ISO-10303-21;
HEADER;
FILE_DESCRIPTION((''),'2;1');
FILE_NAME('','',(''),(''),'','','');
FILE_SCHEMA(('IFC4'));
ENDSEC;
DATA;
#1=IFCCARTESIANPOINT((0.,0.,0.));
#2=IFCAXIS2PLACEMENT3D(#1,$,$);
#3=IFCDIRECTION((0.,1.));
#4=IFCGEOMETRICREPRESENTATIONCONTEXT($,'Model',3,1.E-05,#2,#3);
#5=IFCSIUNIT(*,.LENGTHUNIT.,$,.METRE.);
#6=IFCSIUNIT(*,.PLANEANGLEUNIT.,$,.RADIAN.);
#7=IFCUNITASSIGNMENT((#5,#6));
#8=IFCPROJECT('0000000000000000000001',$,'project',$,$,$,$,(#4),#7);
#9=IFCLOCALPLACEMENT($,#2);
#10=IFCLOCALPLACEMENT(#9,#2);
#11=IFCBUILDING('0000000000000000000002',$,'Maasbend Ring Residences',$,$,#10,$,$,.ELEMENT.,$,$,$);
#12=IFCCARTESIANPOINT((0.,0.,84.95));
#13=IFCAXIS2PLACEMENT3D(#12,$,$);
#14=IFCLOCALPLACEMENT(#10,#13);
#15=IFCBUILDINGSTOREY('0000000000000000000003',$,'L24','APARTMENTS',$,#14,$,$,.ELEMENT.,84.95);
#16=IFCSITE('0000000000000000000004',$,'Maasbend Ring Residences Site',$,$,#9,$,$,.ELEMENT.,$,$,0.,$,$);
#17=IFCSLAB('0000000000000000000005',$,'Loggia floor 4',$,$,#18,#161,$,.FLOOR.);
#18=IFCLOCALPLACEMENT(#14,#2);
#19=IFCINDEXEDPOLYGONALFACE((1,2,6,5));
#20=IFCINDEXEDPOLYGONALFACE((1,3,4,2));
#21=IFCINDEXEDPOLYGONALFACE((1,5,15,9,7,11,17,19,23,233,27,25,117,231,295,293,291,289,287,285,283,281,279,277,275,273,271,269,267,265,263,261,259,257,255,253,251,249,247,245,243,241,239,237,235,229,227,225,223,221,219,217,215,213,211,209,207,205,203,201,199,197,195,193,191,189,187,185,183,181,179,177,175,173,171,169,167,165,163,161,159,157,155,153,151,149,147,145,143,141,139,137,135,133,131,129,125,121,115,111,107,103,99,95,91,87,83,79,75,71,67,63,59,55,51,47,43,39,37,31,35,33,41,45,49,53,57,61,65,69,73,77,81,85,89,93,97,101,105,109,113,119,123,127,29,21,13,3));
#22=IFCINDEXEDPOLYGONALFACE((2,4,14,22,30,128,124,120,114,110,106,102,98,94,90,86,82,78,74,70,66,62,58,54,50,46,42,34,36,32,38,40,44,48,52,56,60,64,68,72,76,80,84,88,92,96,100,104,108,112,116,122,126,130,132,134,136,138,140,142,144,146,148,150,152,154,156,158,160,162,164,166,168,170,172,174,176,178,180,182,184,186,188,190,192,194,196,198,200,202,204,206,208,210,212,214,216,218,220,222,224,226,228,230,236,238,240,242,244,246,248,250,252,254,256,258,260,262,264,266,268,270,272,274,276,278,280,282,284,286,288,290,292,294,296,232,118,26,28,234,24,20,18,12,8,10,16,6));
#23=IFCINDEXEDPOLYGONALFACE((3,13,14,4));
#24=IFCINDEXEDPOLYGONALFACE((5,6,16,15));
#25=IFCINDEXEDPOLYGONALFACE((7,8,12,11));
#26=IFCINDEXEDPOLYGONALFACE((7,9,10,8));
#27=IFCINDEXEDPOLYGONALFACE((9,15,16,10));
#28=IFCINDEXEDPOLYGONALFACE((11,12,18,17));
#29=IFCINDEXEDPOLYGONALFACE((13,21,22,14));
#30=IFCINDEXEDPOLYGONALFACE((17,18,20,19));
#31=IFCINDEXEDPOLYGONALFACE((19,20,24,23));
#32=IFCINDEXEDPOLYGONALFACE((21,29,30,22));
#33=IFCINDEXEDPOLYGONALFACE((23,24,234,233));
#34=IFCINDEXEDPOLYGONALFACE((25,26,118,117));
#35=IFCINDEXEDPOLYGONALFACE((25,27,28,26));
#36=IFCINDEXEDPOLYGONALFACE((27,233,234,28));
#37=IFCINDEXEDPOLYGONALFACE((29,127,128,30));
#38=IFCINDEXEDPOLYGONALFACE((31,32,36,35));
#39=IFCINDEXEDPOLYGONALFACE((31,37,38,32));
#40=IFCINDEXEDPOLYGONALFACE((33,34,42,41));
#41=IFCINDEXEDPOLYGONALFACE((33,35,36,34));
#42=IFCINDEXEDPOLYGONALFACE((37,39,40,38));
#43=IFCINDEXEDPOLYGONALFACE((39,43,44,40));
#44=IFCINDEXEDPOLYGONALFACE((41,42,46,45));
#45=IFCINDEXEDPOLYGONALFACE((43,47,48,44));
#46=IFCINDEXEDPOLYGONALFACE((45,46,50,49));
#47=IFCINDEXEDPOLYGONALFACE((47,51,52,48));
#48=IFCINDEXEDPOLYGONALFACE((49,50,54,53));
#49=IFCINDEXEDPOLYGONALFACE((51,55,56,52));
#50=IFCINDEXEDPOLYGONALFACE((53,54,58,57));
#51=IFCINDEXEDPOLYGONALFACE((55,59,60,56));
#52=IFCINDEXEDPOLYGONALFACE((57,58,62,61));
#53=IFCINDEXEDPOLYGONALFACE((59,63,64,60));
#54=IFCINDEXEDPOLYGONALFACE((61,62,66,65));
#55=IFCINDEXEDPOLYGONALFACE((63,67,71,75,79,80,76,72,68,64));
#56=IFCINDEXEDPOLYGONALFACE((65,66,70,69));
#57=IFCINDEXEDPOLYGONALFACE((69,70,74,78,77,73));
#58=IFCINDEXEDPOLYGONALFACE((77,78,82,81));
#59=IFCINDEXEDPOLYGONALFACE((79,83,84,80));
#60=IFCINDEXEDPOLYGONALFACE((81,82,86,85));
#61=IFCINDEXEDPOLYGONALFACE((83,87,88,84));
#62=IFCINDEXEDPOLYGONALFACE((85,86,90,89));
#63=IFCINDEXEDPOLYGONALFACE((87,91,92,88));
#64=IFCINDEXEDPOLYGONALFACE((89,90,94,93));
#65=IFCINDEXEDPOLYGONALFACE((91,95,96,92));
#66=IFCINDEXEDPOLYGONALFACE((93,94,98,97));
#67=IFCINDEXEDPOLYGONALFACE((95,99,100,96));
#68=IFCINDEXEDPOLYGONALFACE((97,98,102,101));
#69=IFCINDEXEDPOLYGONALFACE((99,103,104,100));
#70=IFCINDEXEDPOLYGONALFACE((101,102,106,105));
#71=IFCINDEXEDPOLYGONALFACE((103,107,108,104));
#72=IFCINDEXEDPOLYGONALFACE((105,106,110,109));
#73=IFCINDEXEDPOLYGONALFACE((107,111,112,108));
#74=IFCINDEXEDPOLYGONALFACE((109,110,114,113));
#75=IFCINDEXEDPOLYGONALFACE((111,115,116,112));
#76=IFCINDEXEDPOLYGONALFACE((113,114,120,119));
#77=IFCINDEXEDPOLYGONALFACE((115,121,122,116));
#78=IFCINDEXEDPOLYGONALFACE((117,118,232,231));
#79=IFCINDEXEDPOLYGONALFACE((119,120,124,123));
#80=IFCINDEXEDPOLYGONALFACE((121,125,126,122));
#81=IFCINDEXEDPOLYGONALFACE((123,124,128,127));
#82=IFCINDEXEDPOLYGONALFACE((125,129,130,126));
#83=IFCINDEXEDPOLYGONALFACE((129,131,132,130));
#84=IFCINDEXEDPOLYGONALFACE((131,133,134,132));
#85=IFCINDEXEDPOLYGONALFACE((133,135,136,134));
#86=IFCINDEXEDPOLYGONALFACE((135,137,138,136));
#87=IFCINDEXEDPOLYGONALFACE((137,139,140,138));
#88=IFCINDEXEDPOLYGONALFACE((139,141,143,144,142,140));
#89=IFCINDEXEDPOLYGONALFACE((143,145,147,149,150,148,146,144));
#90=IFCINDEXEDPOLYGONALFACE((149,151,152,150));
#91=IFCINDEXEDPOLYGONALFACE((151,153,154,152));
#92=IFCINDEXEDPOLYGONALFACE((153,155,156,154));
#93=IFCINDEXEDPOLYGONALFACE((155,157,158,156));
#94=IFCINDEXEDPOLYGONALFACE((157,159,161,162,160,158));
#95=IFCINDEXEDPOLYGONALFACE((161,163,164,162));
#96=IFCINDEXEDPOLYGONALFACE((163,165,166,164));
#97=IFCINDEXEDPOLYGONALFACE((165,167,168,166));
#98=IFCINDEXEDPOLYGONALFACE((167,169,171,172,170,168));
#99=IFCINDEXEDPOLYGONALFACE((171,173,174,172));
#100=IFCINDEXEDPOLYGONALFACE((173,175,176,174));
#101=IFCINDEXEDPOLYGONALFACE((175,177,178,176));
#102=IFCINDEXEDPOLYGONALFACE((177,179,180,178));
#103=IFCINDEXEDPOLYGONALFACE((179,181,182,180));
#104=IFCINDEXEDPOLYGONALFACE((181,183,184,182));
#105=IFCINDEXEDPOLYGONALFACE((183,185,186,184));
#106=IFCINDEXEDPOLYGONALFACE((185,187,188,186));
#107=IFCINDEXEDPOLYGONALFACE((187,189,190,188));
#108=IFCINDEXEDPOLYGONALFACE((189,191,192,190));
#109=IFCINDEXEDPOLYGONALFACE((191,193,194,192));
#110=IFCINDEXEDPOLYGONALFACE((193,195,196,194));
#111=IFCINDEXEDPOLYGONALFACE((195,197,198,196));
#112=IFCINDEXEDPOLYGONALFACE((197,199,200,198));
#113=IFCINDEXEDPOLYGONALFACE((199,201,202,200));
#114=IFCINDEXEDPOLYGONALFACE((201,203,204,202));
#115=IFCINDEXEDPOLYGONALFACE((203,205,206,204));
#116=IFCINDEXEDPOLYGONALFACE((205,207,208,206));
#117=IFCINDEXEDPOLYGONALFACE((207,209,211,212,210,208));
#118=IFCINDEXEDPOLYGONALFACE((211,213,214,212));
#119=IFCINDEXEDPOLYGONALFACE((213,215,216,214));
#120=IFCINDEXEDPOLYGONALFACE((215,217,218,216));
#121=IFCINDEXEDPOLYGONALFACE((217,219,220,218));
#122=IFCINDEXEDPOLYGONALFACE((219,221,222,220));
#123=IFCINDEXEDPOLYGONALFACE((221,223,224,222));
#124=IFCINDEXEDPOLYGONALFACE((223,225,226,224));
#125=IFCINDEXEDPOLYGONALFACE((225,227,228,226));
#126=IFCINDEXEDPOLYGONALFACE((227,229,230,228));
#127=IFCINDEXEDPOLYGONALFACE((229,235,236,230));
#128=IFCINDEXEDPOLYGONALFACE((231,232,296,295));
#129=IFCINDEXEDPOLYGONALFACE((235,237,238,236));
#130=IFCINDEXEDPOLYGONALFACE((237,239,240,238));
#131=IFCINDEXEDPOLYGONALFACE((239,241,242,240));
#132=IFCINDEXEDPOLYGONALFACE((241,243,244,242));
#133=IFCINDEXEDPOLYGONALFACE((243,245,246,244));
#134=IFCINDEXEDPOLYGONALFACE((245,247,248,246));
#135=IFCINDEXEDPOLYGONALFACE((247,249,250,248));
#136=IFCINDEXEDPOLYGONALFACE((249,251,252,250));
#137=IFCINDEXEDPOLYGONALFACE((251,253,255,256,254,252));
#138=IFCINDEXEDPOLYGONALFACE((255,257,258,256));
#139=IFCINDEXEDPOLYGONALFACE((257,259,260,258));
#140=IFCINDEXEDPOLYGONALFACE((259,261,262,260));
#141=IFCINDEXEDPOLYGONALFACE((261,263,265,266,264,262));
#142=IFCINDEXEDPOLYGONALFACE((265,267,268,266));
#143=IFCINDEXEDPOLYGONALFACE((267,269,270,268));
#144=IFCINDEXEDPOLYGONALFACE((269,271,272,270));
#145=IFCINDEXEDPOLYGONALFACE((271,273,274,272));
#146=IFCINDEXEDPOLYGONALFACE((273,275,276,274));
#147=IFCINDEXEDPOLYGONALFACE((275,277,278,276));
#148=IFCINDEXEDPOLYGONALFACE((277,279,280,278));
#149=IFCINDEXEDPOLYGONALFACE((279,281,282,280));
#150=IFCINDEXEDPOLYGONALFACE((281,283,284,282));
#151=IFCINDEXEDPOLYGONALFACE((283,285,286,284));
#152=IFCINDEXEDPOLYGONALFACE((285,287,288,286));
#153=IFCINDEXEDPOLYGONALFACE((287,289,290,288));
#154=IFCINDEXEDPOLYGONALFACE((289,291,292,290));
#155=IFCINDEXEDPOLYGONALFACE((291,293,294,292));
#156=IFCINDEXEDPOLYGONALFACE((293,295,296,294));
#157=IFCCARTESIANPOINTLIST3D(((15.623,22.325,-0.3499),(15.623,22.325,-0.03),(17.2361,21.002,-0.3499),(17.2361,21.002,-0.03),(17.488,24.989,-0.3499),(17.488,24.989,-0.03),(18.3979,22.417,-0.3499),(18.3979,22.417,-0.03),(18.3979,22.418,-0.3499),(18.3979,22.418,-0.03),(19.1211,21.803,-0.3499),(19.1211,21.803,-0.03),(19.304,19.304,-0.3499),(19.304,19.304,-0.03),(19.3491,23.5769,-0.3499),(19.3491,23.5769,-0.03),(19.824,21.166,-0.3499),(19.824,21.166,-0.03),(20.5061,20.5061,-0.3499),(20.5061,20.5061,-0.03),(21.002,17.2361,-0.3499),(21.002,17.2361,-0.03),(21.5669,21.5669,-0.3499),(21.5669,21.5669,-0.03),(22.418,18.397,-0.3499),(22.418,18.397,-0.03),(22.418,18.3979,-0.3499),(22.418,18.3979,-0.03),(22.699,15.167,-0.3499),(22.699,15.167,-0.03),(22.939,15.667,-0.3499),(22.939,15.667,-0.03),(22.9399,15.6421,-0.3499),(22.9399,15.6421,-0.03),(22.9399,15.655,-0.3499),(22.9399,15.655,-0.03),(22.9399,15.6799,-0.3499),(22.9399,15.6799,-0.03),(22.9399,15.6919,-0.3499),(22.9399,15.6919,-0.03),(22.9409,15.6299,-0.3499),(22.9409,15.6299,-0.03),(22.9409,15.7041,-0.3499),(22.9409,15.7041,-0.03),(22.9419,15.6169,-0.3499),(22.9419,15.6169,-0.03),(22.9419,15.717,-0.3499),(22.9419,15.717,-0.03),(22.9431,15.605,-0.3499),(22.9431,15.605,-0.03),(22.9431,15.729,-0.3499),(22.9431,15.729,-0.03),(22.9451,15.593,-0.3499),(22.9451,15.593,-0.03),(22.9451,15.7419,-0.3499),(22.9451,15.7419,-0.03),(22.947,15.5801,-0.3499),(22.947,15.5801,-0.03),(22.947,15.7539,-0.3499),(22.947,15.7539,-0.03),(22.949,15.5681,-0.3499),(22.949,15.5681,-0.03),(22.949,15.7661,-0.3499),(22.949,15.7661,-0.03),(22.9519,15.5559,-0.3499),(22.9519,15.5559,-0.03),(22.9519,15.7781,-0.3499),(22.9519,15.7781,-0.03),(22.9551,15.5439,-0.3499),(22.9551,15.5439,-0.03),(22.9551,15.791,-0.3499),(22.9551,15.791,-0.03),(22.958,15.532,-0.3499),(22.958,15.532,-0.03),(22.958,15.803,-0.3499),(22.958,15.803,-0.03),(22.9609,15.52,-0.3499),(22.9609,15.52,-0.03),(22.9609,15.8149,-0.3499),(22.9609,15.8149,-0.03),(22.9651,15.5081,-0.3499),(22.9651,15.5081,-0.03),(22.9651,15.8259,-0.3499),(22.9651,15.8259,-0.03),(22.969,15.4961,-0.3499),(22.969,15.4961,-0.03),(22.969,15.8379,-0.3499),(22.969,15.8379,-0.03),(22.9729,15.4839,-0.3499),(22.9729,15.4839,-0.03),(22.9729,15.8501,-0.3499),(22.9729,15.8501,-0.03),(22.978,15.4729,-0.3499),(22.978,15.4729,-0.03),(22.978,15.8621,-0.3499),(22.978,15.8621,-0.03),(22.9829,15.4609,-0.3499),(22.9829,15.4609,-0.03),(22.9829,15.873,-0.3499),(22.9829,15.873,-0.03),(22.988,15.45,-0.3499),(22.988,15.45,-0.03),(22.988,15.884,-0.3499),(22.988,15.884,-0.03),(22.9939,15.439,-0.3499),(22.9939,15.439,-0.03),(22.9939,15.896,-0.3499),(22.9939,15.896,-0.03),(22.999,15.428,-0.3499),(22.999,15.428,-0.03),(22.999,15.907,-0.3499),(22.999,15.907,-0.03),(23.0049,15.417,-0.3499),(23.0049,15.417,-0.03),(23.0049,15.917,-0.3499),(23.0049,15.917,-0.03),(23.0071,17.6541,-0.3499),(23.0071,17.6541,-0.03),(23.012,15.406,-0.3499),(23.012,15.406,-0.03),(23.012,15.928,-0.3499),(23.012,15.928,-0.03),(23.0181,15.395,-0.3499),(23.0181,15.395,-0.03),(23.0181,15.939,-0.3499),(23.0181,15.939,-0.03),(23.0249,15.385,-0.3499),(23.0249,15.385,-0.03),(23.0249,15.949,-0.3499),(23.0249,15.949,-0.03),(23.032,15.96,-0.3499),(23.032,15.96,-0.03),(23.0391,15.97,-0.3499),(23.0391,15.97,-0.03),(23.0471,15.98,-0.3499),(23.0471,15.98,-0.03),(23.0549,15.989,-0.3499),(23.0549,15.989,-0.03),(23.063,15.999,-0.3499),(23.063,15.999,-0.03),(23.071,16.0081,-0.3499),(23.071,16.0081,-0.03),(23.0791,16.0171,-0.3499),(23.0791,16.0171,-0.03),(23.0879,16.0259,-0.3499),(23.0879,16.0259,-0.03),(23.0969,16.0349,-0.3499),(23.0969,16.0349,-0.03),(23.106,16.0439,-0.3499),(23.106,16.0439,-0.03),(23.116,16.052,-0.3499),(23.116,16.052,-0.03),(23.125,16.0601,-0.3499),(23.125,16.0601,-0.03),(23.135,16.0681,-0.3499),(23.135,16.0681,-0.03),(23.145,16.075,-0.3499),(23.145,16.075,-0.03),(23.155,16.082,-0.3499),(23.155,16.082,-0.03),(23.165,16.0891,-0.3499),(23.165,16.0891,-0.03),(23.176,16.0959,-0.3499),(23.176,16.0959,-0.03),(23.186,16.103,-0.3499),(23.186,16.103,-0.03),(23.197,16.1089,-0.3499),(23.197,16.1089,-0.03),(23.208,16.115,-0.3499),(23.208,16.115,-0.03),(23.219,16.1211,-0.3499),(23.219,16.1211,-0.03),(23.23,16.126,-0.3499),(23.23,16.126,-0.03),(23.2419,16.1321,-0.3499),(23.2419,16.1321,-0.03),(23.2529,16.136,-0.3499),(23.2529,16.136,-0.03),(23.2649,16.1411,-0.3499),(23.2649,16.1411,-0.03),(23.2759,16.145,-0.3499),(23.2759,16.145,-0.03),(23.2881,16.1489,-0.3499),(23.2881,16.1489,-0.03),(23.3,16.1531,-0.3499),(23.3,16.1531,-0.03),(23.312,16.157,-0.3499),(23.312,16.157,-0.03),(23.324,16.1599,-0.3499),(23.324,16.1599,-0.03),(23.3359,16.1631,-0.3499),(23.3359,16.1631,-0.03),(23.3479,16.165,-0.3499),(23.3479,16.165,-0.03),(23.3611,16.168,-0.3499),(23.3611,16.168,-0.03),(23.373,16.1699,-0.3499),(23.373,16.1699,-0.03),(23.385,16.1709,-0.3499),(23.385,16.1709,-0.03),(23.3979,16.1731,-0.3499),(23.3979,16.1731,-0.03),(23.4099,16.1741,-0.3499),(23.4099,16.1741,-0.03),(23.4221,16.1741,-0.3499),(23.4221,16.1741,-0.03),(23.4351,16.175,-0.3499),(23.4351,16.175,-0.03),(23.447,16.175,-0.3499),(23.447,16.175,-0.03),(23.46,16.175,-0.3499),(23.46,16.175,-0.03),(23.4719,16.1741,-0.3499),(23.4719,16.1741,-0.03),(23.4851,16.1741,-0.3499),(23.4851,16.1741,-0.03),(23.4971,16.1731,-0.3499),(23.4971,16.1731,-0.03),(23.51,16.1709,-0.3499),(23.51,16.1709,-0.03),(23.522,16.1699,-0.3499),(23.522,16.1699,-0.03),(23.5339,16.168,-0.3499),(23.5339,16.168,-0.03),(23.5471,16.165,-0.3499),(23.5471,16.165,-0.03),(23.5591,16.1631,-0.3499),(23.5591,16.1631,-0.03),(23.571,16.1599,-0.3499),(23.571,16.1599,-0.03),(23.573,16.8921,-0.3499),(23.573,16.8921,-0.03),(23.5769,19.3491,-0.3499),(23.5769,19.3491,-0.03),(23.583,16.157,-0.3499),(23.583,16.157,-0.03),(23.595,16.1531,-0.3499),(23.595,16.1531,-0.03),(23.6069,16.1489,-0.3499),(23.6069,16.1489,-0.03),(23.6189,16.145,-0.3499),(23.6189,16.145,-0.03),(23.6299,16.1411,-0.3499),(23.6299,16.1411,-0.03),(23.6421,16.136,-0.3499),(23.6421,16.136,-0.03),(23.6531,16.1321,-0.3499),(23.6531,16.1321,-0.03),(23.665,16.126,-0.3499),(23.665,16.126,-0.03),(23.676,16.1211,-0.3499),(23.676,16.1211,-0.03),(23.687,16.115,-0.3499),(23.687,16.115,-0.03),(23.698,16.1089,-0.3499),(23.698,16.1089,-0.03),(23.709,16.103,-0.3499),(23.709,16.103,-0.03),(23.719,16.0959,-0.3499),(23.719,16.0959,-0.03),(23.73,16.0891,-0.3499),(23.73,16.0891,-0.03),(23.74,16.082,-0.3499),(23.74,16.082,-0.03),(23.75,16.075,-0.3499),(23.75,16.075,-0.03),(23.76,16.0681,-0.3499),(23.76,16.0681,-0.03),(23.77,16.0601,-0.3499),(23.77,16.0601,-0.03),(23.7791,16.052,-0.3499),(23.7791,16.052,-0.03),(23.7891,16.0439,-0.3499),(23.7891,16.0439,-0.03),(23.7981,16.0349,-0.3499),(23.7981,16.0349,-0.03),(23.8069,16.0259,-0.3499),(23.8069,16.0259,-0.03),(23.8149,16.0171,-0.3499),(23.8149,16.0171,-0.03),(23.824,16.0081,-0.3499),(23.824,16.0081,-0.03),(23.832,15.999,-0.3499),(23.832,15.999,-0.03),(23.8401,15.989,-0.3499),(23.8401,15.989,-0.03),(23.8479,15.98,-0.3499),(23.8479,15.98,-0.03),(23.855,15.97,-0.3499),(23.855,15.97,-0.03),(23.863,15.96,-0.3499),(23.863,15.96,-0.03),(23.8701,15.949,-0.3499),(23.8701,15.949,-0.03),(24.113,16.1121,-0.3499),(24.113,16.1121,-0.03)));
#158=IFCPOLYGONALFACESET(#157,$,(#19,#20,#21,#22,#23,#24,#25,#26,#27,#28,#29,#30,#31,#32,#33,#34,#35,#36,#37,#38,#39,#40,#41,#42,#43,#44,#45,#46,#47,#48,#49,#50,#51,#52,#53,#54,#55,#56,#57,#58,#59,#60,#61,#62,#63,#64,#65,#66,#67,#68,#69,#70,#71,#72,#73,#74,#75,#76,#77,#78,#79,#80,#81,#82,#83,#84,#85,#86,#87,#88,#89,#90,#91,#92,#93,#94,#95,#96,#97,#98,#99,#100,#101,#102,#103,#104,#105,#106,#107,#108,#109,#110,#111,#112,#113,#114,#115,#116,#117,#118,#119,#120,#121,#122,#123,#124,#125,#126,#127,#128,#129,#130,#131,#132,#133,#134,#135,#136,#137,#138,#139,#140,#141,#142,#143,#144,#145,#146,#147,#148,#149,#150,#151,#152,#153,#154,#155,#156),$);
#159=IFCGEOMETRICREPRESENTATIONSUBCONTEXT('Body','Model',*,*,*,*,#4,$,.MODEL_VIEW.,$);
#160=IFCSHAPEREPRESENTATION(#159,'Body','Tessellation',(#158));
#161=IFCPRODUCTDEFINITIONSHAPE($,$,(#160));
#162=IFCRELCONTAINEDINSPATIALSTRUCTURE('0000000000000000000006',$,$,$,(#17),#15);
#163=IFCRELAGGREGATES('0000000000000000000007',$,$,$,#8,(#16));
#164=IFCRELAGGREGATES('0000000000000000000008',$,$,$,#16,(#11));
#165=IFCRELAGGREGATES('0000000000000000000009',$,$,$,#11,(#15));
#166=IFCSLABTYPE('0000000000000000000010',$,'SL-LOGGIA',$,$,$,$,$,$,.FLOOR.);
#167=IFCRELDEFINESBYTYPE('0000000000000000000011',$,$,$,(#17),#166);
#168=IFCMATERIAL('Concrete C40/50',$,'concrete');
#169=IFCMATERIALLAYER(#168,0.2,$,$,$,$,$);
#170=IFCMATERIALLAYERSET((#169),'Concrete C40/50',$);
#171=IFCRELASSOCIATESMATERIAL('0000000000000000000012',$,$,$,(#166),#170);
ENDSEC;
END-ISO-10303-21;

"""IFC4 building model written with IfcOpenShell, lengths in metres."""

from ifc_helpers import new_model, si_unit, direction, frame, origin, place, context, subcontext, project, spatial, polyline, outline, extrude, material, layer, layer_set, type_object, element, save


model = new_model("IFC4")

# Units and contexts
model_context = context("Model", 3, precision=1e-05, world=origin(), true_north=direction((0.0, 1.0)))
body_context = subcontext(model_context, "Body", "Model", "MODEL_VIEW")
ifc_project = project(units=[si_unit("LENGTHUNIT", "METRE"), si_unit("PLANEANGLEUNIT", "RADIAN")], contexts=[model_context])

# Site, building, storey
site_placement = place(None, origin())
site = spatial("IfcSite", under=ifc_project, at=site_placement, Name="Maasbend Ring Residences Site", CompositionType="ELEMENT", RefElevation=0.0)
building_placement = place(site_placement, origin())
building = spatial("IfcBuilding", under=site, at=building_placement, Name="Maasbend Ring Residences", CompositionType="ELEMENT")
storey_placement = place(building_placement, frame((0.0, 0.0, 84.95)))
storey = spatial("IfcBuildingStorey", under=building, at=storey_placement, Name="L24", Description="APARTMENTS", CompositionType="ELEMENT", Elevation=84.95)

# Slab
ifc_material_1 = material(Name="Concrete C40/50", Category="concrete")
ifc_layer_1 = layer(ifc_material_1, 0.2)
ifc_layer_set_1 = layer_set([ifc_layer_1], Name="Concrete C40/50")
slab_type_1 = type_object("IfcSlabType", Name="SL-LOGGIA", PredefinedType="FLOOR", material=ifc_layer_set_1)
slab_1_placement = place(storey_placement, frame((0.0, 0.0, -0.3499)))
element("IfcSlab", 1, at=slab_1_placement, inside=storey, type_object=slab_type_1, Name="Loggia floor 4", PredefinedType="FLOOR", context=body_context, shape_type="SweptSolid", body=[
    extrude(outline(polyline([(19.3491, 23.5769), (19.3491, 23.5769), (19.3491, 23.5769), (18.3979, 22.418), (18.3979, 22.418), (18.3979, 22.418), (18.3979, 22.418), (18.3979, 22.418), (18.3979, 22.417), (18.3979, 22.417), (18.3979, 22.417), (18.3979, 22.417), (18.3979, 22.417), (18.3979, 22.417), (18.3979, 22.417), (18.3979, 22.417), (18.3979, 22.417), (18.3979, 22.417), (18.3979, 22.417), (18.3979, 22.417), (19.1211, 21.803), (19.1211, 21.803), (19.824, 21.166), (19.824, 21.166), (20.5061, 20.5061), (20.5061, 20.5061), (20.5061, 20.5061), (20.5061, 20.5061), (20.5061, 20.5061), (20.5061, 20.5061), (20.5061, 20.5061), (20.5061, 20.5061), (20.5061, 20.5061), (20.5061, 20.5061), (20.5061, 20.5061), (20.5061, 20.5061), (20.5061, 20.5061), (20.5061, 20.5061), (20.5061, 20.5061), (20.5061, 20.5061), (20.5061, 20.5061), (21.5669, 21.5669), (21.5669, 21.5669), (21.5669, 21.5669), (23.5769, 19.3491), (23.5769, 19.3491), (23.5769, 19.3491), (22.418, 18.3979), (22.418, 18.3979), (22.418, 18.3979), (22.418, 18.3979), (22.418, 18.3979), (22.418, 18.3979), (22.418, 18.397), (22.418, 18.397), (22.418, 18.397), (22.418, 18.397), (22.418, 18.397), (22.418, 18.397), (22.418, 18.397), (22.418, 18.397), (22.418, 18.397), (22.418, 18.397), (22.418, 18.397), (23.0071, 17.6541), (23.0071, 17.6541), (23.573, 16.8921), (23.573, 16.8921), (24.113, 16.1121), (24.113, 16.1121), (24.113, 16.1121), (23.8701, 15.949), (23.8701, 15.949), (23.863, 15.96), (23.855, 15.97), (23.8479, 15.98), (23.8401, 15.989), (23.832, 15.999), (23.824, 16.0081), (23.8149, 16.0171), (23.8069, 16.0259), (23.7981, 16.0349), (23.7891, 16.0439), (23.7791, 16.052), (23.77, 16.0601), (23.76, 16.0681), (23.75, 16.075), (23.74, 16.082), (23.73, 16.0891), (23.719, 16.0959), (23.709, 16.103), (23.698, 16.1089), (23.687, 16.115), (23.676, 16.1211), (23.665, 16.126), (23.6531, 16.1321), (23.6421, 16.136), (23.6299, 16.1411), (23.6189, 16.145), (23.6069, 16.1489), (23.595, 16.1531), (23.583, 16.157), (23.571, 16.1599), (23.5591, 16.1631), (23.5471, 16.165), (23.5339, 16.168), (23.522, 16.1699), (23.51, 16.1709), (23.4971, 16.1731), (23.4851, 16.1741), (23.4719, 16.1741), (23.46, 16.175), (23.447, 16.175), (23.4351, 16.175), (23.4221, 16.1741), (23.4099, 16.1741), (23.3979, 16.1731), (23.385, 16.1709), (23.373, 16.1699), (23.3611, 16.168), (23.3479, 16.165), (23.3359, 16.1631), (23.324, 16.1599), (23.312, 16.157), (23.3, 16.1531), (23.2881, 16.1489), (23.2759, 16.145), (23.2649, 16.1411), (23.2529, 16.136), (23.2419, 16.1321), (23.23, 16.126), (23.219, 16.1211), (23.208, 16.115), (23.197, 16.1089), (23.186, 16.103), (23.176, 16.0959), (23.165, 16.0891), (23.155, 16.082), (23.145, 16.075), (23.135, 16.0681), (23.125, 16.0601), (23.116, 16.052), (23.106, 16.0439), (23.0969, 16.0349), (23.0879, 16.0259), (23.0791, 16.0171), (23.071, 16.0081), (23.063, 15.999), (23.0549, 15.989), (23.0471, 15.98), (23.0391, 15.97), (23.032, 15.96), (23.0249, 15.949), (23.0181, 15.939), (23.012, 15.928), (23.0049, 15.917), (22.999, 15.907), (22.9939, 15.896), (22.988, 15.884), (22.9829, 15.873), (22.978, 15.8621), (22.9729, 15.8501), (22.969, 15.8379), (22.9651, 15.8259), (22.9609, 15.8149), (22.958, 15.803), (22.9551, 15.791), (22.9519, 15.7781), (22.949, 15.7661), (22.947, 15.7539), (22.9451, 15.7419), (22.9431, 15.729), (22.9419, 15.717), (22.9409, 15.7041), (22.9399, 15.6919), (22.9399, 15.6799), (22.939, 15.667), (22.9399, 15.655), (22.9399, 15.6421), (22.9409, 15.6299), (22.9419, 15.6169), (22.9431, 15.605), (22.9451, 15.593), (22.947, 15.5801), (22.949, 15.5681), (22.9519, 15.5559), (22.9551, 15.5439), (22.958, 15.532), (22.9609, 15.52), (22.9651, 15.5081), (22.969, 15.4961), (22.9729, 15.4839), (22.978, 15.4729), (22.9829, 15.4609), (22.988, 15.45), (22.9939, 15.439), (22.999, 15.428), (23.0049, 15.417), (23.012, 15.406), (23.0181, 15.395), (23.0249, 15.385), (23.0249, 15.385), (22.699, 15.167), (22.699, 15.167), (22.699, 15.167), (21.002, 17.2361), (19.304, 19.304), (19.304, 19.304), (19.304, 19.304), (17.2361, 21.002), (15.623, 22.325), (15.623, 22.325), (15.623, 22.325), (17.488, 24.989), (17.488, 24.989), (17.488, 24.989), (19.3491, 23.5769)])), origin(), (0.0, 0.0, 1.0), 0.3198),
])

save(model, "model.ifc")
